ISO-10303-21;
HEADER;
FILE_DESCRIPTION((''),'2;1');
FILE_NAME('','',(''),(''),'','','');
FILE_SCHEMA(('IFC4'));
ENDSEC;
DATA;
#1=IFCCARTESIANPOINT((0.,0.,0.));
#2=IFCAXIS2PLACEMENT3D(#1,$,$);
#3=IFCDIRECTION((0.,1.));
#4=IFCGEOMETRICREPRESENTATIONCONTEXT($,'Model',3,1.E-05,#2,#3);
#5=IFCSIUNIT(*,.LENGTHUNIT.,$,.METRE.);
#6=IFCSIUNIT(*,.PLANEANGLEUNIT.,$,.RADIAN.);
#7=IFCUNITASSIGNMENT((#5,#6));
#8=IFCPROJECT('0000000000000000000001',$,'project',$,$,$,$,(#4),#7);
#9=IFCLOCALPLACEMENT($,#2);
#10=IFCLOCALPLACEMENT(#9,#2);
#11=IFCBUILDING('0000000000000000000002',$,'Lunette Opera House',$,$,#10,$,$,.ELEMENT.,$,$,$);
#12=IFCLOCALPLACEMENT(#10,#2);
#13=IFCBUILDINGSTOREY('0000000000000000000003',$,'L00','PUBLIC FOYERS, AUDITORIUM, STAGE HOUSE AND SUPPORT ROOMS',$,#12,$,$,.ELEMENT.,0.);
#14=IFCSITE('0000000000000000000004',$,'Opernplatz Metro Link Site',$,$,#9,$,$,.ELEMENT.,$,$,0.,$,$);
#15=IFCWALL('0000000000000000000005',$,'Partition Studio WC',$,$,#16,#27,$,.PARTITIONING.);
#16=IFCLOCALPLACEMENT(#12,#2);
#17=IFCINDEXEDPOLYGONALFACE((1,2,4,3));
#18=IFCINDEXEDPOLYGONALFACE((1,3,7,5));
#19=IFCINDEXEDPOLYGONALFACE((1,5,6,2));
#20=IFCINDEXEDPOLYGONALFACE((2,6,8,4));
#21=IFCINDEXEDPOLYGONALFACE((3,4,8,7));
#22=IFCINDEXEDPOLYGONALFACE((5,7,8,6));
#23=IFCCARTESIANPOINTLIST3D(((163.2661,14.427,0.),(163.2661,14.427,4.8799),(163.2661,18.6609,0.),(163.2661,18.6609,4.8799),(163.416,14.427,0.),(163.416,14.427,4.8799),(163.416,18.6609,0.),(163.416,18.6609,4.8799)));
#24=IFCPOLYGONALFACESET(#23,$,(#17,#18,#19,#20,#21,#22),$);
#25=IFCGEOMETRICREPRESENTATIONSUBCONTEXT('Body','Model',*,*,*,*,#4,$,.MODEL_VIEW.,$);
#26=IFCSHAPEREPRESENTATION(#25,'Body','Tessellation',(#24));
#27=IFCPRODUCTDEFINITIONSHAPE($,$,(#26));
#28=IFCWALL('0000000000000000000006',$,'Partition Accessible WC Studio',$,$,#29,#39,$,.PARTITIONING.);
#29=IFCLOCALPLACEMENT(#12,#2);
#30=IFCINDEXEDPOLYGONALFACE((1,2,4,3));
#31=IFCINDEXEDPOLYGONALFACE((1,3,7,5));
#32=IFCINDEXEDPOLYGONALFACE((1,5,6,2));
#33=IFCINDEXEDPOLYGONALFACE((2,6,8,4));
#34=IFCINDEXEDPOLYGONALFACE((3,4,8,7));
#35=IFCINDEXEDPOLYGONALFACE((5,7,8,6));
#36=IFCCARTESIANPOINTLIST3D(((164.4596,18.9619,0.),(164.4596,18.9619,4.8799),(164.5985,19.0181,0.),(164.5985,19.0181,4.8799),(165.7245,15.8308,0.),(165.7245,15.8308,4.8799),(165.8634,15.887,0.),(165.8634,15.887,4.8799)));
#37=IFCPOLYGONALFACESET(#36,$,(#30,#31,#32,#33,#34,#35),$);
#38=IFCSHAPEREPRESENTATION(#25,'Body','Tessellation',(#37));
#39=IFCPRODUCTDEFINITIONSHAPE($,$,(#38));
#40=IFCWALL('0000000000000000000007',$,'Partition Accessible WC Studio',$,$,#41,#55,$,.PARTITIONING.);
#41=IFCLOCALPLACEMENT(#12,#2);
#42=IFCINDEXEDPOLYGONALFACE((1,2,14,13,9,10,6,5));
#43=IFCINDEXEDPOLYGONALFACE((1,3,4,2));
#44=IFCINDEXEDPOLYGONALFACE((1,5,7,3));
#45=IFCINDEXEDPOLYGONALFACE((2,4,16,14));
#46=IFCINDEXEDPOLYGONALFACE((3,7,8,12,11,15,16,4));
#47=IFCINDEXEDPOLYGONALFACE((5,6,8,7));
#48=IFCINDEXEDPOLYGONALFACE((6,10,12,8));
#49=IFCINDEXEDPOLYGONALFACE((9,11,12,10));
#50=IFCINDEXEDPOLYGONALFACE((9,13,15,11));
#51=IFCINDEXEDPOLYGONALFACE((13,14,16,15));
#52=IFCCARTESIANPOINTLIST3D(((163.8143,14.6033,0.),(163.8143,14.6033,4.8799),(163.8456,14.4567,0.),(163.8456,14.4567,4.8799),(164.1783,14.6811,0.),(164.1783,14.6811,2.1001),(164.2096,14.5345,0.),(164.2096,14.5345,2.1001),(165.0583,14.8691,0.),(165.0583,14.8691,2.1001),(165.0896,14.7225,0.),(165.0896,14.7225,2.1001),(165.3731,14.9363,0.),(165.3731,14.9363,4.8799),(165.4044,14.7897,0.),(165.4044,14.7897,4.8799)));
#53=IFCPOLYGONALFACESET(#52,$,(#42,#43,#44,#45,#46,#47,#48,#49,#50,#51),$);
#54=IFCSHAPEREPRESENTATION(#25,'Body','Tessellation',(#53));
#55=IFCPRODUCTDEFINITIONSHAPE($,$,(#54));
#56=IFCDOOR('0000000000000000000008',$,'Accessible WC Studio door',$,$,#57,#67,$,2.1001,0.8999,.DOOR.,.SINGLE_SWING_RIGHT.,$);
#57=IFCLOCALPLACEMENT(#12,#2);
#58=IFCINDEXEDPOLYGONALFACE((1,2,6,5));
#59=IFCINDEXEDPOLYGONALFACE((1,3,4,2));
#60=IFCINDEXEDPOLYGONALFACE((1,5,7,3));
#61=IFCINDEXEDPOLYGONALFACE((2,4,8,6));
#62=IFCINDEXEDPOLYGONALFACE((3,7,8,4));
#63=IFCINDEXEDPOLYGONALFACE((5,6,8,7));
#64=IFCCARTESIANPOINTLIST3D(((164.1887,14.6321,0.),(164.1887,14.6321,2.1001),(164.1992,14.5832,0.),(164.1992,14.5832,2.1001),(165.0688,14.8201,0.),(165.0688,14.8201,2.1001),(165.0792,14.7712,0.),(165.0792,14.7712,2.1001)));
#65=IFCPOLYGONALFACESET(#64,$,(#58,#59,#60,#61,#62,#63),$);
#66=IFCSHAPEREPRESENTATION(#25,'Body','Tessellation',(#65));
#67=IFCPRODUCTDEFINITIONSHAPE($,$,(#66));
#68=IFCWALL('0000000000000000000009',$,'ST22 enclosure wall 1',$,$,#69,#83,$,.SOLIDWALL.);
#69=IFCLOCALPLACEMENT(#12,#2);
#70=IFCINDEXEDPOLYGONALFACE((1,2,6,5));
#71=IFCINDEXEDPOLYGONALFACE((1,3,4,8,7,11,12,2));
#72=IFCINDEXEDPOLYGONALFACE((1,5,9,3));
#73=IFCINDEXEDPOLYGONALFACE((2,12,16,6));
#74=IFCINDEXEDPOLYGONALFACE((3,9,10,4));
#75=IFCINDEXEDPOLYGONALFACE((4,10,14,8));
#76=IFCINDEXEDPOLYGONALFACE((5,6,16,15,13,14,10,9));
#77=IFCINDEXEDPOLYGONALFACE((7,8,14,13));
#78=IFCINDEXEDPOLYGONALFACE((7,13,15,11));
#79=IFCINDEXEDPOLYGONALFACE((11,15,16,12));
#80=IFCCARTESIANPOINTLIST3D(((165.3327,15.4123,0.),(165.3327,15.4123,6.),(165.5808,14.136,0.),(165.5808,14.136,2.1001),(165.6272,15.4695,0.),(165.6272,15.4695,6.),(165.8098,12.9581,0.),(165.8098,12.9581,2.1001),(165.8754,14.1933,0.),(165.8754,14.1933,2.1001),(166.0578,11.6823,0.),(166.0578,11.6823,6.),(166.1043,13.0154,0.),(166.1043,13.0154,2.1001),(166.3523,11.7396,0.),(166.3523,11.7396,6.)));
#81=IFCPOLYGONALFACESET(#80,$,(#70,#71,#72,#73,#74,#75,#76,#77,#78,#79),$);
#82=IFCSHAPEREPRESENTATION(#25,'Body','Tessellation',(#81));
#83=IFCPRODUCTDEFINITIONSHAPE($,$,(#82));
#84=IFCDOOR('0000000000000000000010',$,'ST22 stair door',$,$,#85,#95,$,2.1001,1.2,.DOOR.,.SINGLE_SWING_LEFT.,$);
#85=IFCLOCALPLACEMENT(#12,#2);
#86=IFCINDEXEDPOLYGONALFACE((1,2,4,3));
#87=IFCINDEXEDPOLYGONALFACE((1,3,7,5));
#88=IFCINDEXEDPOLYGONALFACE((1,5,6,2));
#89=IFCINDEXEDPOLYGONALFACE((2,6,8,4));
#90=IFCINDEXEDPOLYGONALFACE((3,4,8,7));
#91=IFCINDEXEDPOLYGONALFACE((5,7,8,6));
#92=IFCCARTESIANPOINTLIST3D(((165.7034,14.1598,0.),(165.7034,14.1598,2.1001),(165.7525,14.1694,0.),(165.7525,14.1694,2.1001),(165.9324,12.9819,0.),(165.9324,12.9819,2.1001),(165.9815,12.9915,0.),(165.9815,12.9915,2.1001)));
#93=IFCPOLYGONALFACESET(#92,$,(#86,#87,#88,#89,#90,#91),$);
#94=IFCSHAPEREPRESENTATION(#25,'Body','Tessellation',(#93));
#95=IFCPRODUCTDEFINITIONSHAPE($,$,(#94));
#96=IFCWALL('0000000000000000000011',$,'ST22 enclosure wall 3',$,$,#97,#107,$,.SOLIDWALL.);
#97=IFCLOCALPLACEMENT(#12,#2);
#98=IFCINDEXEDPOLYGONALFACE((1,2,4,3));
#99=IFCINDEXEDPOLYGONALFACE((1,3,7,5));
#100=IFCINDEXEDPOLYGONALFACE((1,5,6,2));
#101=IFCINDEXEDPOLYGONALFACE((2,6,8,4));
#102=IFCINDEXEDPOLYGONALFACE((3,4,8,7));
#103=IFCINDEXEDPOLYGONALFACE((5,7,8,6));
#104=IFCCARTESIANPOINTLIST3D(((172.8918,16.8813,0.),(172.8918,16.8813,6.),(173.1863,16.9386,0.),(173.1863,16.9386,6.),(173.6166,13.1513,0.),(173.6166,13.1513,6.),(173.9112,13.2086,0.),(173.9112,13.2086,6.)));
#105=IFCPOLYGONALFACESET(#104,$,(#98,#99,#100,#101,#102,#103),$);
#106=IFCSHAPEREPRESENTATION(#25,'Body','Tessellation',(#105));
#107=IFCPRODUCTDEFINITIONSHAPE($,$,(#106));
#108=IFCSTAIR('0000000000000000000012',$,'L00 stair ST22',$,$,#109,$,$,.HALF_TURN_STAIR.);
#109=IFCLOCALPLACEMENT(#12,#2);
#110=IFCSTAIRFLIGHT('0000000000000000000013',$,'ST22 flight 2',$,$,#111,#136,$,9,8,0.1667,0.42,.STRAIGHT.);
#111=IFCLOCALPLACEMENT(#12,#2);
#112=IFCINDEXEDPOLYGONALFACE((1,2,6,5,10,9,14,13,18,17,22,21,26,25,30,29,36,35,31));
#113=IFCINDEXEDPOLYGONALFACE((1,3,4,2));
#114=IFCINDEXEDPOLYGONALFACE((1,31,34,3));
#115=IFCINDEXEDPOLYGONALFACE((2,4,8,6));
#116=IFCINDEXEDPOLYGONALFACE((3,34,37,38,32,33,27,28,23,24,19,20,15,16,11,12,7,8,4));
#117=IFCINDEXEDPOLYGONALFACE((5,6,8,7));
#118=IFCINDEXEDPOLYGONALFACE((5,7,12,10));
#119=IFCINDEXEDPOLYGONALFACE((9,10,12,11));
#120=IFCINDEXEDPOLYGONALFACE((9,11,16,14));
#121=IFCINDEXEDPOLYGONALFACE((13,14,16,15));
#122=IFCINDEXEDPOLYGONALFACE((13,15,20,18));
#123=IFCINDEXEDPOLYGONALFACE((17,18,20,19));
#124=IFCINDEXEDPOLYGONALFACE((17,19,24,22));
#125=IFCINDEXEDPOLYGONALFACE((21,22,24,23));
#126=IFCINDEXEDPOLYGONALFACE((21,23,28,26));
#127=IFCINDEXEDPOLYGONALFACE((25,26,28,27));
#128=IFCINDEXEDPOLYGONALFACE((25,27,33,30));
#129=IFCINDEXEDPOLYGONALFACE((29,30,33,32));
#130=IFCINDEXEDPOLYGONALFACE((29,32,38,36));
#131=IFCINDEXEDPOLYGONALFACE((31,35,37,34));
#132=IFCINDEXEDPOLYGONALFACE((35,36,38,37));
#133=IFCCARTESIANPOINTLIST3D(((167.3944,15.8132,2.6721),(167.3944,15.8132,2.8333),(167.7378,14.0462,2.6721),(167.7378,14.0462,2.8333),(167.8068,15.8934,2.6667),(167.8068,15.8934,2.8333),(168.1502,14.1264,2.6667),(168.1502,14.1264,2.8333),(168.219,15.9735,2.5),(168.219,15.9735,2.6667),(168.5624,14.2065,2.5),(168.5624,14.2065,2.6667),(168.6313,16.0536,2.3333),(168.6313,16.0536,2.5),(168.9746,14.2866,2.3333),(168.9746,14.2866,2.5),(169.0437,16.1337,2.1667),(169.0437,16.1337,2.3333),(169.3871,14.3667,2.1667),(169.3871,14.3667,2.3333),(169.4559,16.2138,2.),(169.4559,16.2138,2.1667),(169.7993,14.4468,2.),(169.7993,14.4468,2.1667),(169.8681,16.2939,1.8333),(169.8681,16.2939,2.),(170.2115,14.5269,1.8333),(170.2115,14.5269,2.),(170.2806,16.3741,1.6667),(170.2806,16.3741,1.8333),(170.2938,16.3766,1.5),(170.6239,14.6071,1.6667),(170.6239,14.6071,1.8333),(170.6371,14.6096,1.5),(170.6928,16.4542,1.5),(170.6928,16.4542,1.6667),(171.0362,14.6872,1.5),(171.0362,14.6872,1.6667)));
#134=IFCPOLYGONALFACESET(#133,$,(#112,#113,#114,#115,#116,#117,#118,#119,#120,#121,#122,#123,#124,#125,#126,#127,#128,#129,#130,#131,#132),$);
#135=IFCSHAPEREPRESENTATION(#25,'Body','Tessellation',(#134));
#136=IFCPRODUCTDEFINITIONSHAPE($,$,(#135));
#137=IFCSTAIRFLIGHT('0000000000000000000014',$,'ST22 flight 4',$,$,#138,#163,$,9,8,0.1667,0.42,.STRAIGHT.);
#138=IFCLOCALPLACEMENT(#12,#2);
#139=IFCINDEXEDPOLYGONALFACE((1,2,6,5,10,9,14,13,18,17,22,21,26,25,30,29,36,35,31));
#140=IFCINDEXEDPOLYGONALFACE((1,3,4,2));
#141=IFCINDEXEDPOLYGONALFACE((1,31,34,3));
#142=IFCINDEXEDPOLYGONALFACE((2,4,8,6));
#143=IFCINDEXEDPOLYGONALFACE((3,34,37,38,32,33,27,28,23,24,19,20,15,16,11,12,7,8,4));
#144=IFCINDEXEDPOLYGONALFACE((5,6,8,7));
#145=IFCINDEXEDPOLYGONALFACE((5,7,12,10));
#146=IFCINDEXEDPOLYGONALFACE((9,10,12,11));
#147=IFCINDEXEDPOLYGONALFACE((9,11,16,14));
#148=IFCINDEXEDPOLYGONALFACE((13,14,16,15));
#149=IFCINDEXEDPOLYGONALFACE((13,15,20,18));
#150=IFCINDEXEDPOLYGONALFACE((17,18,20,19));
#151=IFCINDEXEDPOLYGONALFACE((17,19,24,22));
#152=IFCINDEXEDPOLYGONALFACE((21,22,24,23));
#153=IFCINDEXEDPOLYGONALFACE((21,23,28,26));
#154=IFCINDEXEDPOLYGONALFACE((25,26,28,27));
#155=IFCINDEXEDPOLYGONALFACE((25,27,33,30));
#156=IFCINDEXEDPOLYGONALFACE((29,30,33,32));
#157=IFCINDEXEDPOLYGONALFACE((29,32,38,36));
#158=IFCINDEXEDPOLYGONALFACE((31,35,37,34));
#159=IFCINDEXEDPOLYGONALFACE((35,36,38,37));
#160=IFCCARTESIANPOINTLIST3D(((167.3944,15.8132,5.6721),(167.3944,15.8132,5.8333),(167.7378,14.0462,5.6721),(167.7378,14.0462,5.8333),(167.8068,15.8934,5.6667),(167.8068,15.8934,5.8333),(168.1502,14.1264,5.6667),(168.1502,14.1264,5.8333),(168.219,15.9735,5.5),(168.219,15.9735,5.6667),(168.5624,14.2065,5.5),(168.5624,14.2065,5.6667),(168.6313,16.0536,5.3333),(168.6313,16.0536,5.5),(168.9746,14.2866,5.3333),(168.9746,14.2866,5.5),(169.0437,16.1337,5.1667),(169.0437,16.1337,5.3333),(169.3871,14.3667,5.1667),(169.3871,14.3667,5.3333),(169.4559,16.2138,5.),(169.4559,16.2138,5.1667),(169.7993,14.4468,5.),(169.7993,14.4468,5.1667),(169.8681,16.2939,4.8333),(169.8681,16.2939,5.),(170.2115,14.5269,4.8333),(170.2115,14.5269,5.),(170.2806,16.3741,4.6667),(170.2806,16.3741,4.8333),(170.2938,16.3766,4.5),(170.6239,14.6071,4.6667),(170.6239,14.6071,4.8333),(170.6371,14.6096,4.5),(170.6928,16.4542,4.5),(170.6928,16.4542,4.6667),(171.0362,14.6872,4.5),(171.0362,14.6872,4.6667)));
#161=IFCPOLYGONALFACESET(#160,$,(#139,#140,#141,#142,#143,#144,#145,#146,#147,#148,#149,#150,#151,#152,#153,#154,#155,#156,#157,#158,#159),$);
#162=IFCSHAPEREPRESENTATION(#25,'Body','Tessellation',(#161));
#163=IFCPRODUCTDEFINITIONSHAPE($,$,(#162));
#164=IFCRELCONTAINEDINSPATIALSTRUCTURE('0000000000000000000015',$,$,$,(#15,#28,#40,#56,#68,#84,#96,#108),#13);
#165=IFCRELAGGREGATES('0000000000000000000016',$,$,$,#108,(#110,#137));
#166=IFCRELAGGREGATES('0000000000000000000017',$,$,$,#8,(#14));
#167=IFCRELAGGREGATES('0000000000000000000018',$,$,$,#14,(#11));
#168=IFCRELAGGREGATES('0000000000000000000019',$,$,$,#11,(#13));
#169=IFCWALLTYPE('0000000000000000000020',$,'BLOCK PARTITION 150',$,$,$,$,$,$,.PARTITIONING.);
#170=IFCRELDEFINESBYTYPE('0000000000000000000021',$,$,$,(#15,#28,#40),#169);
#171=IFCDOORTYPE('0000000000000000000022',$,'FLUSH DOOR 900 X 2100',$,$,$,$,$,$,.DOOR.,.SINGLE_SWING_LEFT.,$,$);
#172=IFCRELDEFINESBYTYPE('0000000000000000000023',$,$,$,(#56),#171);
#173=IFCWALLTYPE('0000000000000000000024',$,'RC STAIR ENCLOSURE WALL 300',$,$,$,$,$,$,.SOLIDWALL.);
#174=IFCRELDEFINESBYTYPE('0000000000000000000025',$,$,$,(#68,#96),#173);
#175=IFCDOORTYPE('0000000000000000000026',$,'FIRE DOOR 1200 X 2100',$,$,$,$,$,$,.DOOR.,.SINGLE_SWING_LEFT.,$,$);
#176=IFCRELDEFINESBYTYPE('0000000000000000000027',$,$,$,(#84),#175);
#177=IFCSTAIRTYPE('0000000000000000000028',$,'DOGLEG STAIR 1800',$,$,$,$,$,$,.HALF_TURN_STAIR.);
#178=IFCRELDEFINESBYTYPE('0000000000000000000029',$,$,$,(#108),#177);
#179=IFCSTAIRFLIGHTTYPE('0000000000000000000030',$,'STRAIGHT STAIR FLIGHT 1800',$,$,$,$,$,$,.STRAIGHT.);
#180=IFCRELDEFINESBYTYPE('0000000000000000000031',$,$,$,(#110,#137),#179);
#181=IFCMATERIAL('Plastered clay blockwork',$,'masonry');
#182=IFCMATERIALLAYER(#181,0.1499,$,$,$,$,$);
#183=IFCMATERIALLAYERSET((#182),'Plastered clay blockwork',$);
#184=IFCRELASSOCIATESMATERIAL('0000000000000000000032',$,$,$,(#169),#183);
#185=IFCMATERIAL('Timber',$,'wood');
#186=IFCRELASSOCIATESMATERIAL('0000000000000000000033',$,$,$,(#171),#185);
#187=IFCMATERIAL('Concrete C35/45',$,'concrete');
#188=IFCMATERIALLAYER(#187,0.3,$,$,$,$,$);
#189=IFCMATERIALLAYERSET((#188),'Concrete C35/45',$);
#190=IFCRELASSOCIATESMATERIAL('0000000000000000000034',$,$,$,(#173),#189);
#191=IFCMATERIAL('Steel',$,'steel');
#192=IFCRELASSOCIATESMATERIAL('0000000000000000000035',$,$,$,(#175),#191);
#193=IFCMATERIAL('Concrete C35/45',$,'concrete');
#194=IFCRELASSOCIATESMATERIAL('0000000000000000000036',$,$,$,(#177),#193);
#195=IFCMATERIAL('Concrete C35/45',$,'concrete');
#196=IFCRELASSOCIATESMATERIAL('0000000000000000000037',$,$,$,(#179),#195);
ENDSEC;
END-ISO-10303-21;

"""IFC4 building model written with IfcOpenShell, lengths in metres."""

from ifc_helpers import new_model, si_unit, direction, frame, frame_2d, origin, place, context, subcontext, project, spatial, polyline, rectangle, outline, extrude, material, layer, layer_set, type_object, element, fill, aggregate, save


model = new_model("IFC4")

# Units and contexts
model_context = context("Model", 3, precision=1e-05, world=origin(), true_north=direction((0.0, 1.0)))
body_context = subcontext(model_context, "Body", "Model", "MODEL_VIEW")
ifc_project = project(units=[si_unit("LENGTHUNIT", "METRE"), si_unit("PLANEANGLEUNIT", "RADIAN")], contexts=[model_context])

# Site, building, storey
site_placement = place(None, origin())
site = spatial("IfcSite", under=ifc_project, at=site_placement, Name="Opernplatz Metro Link Site", CompositionType="ELEMENT", RefElevation=0.0)
building_placement = place(site_placement, origin())
building = spatial("IfcBuilding", under=site, at=building_placement, Name="Lunette Opera House", CompositionType="ELEMENT")
storey_placement = place(building_placement, origin())
storey = spatial("IfcBuildingStorey", under=building, at=storey_placement, Name="L00", Description="PUBLIC FOYERS, AUDITORIUM, STAGE HOUSE AND SUPPORT ROOMS", CompositionType="ELEMENT", Elevation=0.0)

# Walls
ifc_material_1 = material(Name="Plastered clay blockwork", Category="masonry")
ifc_layer_1 = layer(ifc_material_1, 0.1499)
ifc_layer_set_1 = layer_set([ifc_layer_1], Name="Plastered clay blockwork")
wall_type_1 = type_object("IfcWallType", Name="BLOCK PARTITION 150", PredefinedType="PARTITIONING", material=ifc_layer_set_1)
wall_1_placement = place(storey_placement, frame((163.3411, 14.427, 0.0), z_axis=(0.0, 0.0, 1.0), x_axis=(0.0, 1.0, 0.0)))
element("IfcWall", 1, at=wall_1_placement, inside=storey, type_object=wall_type_1, Name="Partition Studio WC", PredefinedType="PARTITIONING", context=body_context, shape_type="SweptSolid", body=[
    extrude(rectangle(XDim=4.2339, YDim=0.1499, at=frame_2d((2.1169, 0.0))), origin(), (0.0, 0.0, 1.0), 4.8799),
])
wall_2_placement = place(storey_placement, frame((165.7939, 15.8589, 0.0), z_axis=(0.0, 0.0, 1.0), x_axis=(-0.374567, 0.9272, 0.0)))
element("IfcWall", 2, at=wall_2_placement, inside=storey, type_object=wall_type_1, Name="Partition Accessible WC Studio", PredefinedType="PARTITIONING", context=body_context, shape_type="SweptSolid", body=[
    extrude(rectangle(XDim=3.377, YDim=0.1499, at=frame_2d((1.6885, 0.0))), origin(), (0.0, 0.0, 1.0), 4.8799),
])

# Walls, openings, doors
wall_3_placement = place(storey_placement, frame((163.8301, 14.53, 0.0), z_axis=(0.0, 0.0, 1.0), x_axis=(0.977934, 0.208912, 0.0)))
wall_3 = element("IfcWall", 3, at=wall_3_placement, inside=storey, type_object=wall_type_1, Name="Partition Accessible WC Studio", PredefinedType="PARTITIONING", context=body_context, shape_type="SweptSolid", body=[
    extrude(rectangle(XDim=1.594, YDim=0.1499, at=frame_2d((0.7969, 0.0))), origin(), (0.0, 0.0, 1.0), 4.8799),
])
opening_1_placement = place(wall_3_placement, frame((0.3721, 0.0, 0.0)))
opening_1 = element("IfcOpeningElement", 4, at=opening_1_placement, cuts=wall_3, PredefinedType="OPENING", context=body_context, shape_type="SweptSolid", body=[
    extrude(rectangle(XDim=0.8999, YDim=2.1001, at=frame_2d((0.45, 1.05))), frame((0.0, 0.0869, 0.0), z_axis=(0.0, -1.0, 0.0), x_axis=(1.0, 0.0, 0.0)), (0.0, 0.0, 1.0), 0.1738),
])
ifc_material_2 = material(Name="Timber", Category="wood")
door_type_1 = type_object("IfcDoorType", Name="FLUSH DOOR 900 X 2100", OperationType="SINGLE_SWING_LEFT", PredefinedType="DOOR", material=ifc_material_2)
door_1_placement = place(opening_1_placement, origin())
door_1 = element("IfcDoor", 5, at=door_1_placement, inside=storey, type_object=door_type_1, Name="Accessible WC Studio door", OperationType="SINGLE_SWING_RIGHT", OverallHeight=2.1001, OverallWidth=0.8999, PredefinedType="DOOR", context=body_context, shape_type="SweptSolid", body=[
    extrude(rectangle(XDim=0.8999, YDim=2.1001, at=frame_2d((0.45, 1.05))), frame((0.0, 0.0249, 0.0), z_axis=(0.0, -1.0, 0.0), x_axis=(1.0, 0.0, 0.0)), (0.0, 0.0, 1.0), 0.05),
])
fill(opening_1, door_1)
ifc_material_3 = material(Name="Concrete C35/45", Category="concrete")
ifc_layer_2 = layer(ifc_material_3, 0.3)
ifc_layer_set_2 = layer_set([ifc_layer_2], Name="Concrete C35/45")
wall_type_2 = type_object("IfcWallType", Name="RC STAIR ENCLOSURE WALL 300", PredefinedType="SOLIDWALL", material=ifc_layer_set_2)
wall_4_placement = place(storey_placement, frame((165.48, 15.4409, 0.0), z_axis=(0.0, 0.0, 1.0), x_axis=(0.190825, -0.981624, 0.0)))
wall_4 = element("IfcWall", 6, at=wall_4_placement, inside=storey, type_object=wall_type_2, Name="ST22 enclosure wall 1", PredefinedType="SOLIDWALL", context=body_context, shape_type="SweptSolid", body=[
    extrude(rectangle(XDim=3.7998, YDim=0.3, at=frame_2d((1.8999, 0.0))), origin(), (0.0, 0.0, 1.0), 6.0),
])
opening_2_placement = place(wall_4_placement, frame((1.3, 0.0, 0.0)))
opening_2 = element("IfcOpeningElement", 7, at=opening_2_placement, cuts=wall_4, PredefinedType="OPENING", context=body_context, shape_type="SweptSolid", body=[
    extrude(rectangle(XDim=1.2, YDim=2.1001, at=frame_2d((0.6001, 1.05))), frame((0.0, 0.1621, 0.0), z_axis=(0.0, -1.0, 0.0), x_axis=(1.0, 0.0, 0.0)), (0.0, 0.0, 1.0), 0.324),
])
ifc_material_4 = material(Name="Steel", Category="steel")
door_type_2 = type_object("IfcDoorType", Name="FIRE DOOR 1200 X 2100", OperationType="SINGLE_SWING_LEFT", PredefinedType="DOOR", material=ifc_material_4)
door_2_placement = place(opening_2_placement, origin())
door_2 = element("IfcDoor", 8, at=door_2_placement, inside=storey, type_object=door_type_2, Name="ST22 stair door", OperationType="SINGLE_SWING_LEFT", OverallHeight=2.1001, OverallWidth=1.2, PredefinedType="DOOR", context=body_context, shape_type="SweptSolid", body=[
    extrude(rectangle(XDim=1.2, YDim=2.1001, at=frame_2d((0.6001, 1.05))), frame((0.0, 0.0249, 0.0), z_axis=(0.0, -1.0, 0.0), x_axis=(1.0, 0.0, 0.0)), (0.0, 0.0, 1.0), 0.05),
])
fill(opening_2, door_2)

# Wall
wall_5_placement = place(storey_placement, frame((173.7639, 13.1799, 0.0), z_axis=(0.0, 0.0, 1.0), x_axis=(-0.190763, 0.981636, 0.0)))
element("IfcWall", 9, at=wall_5_placement, inside=storey, type_object=wall_type_2, Name="ST22 enclosure wall 3", PredefinedType="SOLIDWALL", context=body_context, shape_type="SweptSolid", body=[
    extrude(rectangle(XDim=3.7998, YDim=0.3, at=frame_2d((1.8999, 0.0))), origin(), (0.0, 0.0, 1.0), 6.0),
])

# Stair, stair flights
ifc_material_5 = material(Name="Concrete C35/45", Category="concrete")
stair_type = type_object("IfcStairType", Name="DOGLEG STAIR 1800", PredefinedType="HALF_TURN_STAIR", material=ifc_material_5)
stair_placement = place(storey_placement, origin())
stair = element("IfcStair", 10, at=stair_placement, inside=storey, type_object=stair_type, Name="L00 stair ST22", PredefinedType="HALF_TURN_STAIR")
ifc_material_6 = material(Name="Concrete C35/45", Category="concrete")
stair_flight_type = type_object("IfcStairFlightType", Name="STRAIGHT STAIR FLIGHT 1800", PredefinedType="STRAIGHT", material=ifc_material_6)
stair_flight_1_placement = place(storey_placement, frame((170.8645, 15.5706, 1.5), z_axis=(0.0, 0.0, 1.0), x_axis=(-0.981638, -0.190753, 0.0)))
stair_flight_1 = element("IfcStairFlight", 11, at=stair_flight_1_placement, type_object=stair_flight_type, Name="ST22 flight 2", NumberOfRisers=9, NumberOfTreads=8, PredefinedType="STRAIGHT", RiserHeight=0.1667, TreadLength=0.42, context=body_context, shape_type="SweptSolid", body=[
    extrude(outline(polyline([(0.0, 0.0), (0.0, 0.1667), (0.4199, 0.1667), (0.4199, 0.3333), (0.8401, 0.3333), (0.8401, 0.5), (1.26, 0.5), (1.26, 0.6667), (1.6799, 0.6667), (1.6799, 0.8333), (2.1001, 0.8333), (2.1001, 1.0), (2.52, 1.0), (2.52, 1.1667), (2.9399, 1.1667), (2.9399, 1.3333), (3.3601, 1.3333), (3.3601, 1.5), (3.3601, 1.1721), (0.4065, 0.0), (0.0, 0.0)])), frame((0.0, 0.8999, 0.0), z_axis=(0.0, -1.0, 0.0), x_axis=(1.0, 0.0, 0.0)), (0.0, 0.0, 1.0), 1.8),
])
stair_flight_2_placement = place(storey_placement, frame((170.8645, 15.5706, 4.5), z_axis=(0.0, 0.0, 1.0), x_axis=(-0.981638, -0.190753, 0.0)))
stair_flight_2 = element("IfcStairFlight", 12, at=stair_flight_2_placement, type_object=stair_flight_type, Name="ST22 flight 4", NumberOfRisers=9, NumberOfTreads=8, PredefinedType="STRAIGHT", RiserHeight=0.1667, TreadLength=0.42, context=body_context, shape_type="SweptSolid", body=[
    extrude(outline(polyline([(0.0, 0.0), (0.0, 0.1667), (0.4199, 0.1667), (0.4199, 0.3333), (0.8401, 0.3333), (0.8401, 0.5), (1.26, 0.5), (1.26, 0.6667), (1.6799, 0.6667), (1.6799, 0.8333), (2.1001, 0.8333), (2.1001, 1.0), (2.52, 1.0), (2.52, 1.1667), (2.9399, 1.1667), (2.9399, 1.3333), (3.3601, 1.3333), (3.3601, 1.5), (3.3601, 1.1721), (0.4065, 0.0), (0.0, 0.0)])), frame((0.0, 0.8999, 0.0), z_axis=(0.0, -1.0, 0.0), x_axis=(1.0, 0.0, 0.0)), (0.0, 0.0, 1.0), 1.8),
])
aggregate(stair, [stair_flight_1, stair_flight_2])

save(model, "model.ifc")
